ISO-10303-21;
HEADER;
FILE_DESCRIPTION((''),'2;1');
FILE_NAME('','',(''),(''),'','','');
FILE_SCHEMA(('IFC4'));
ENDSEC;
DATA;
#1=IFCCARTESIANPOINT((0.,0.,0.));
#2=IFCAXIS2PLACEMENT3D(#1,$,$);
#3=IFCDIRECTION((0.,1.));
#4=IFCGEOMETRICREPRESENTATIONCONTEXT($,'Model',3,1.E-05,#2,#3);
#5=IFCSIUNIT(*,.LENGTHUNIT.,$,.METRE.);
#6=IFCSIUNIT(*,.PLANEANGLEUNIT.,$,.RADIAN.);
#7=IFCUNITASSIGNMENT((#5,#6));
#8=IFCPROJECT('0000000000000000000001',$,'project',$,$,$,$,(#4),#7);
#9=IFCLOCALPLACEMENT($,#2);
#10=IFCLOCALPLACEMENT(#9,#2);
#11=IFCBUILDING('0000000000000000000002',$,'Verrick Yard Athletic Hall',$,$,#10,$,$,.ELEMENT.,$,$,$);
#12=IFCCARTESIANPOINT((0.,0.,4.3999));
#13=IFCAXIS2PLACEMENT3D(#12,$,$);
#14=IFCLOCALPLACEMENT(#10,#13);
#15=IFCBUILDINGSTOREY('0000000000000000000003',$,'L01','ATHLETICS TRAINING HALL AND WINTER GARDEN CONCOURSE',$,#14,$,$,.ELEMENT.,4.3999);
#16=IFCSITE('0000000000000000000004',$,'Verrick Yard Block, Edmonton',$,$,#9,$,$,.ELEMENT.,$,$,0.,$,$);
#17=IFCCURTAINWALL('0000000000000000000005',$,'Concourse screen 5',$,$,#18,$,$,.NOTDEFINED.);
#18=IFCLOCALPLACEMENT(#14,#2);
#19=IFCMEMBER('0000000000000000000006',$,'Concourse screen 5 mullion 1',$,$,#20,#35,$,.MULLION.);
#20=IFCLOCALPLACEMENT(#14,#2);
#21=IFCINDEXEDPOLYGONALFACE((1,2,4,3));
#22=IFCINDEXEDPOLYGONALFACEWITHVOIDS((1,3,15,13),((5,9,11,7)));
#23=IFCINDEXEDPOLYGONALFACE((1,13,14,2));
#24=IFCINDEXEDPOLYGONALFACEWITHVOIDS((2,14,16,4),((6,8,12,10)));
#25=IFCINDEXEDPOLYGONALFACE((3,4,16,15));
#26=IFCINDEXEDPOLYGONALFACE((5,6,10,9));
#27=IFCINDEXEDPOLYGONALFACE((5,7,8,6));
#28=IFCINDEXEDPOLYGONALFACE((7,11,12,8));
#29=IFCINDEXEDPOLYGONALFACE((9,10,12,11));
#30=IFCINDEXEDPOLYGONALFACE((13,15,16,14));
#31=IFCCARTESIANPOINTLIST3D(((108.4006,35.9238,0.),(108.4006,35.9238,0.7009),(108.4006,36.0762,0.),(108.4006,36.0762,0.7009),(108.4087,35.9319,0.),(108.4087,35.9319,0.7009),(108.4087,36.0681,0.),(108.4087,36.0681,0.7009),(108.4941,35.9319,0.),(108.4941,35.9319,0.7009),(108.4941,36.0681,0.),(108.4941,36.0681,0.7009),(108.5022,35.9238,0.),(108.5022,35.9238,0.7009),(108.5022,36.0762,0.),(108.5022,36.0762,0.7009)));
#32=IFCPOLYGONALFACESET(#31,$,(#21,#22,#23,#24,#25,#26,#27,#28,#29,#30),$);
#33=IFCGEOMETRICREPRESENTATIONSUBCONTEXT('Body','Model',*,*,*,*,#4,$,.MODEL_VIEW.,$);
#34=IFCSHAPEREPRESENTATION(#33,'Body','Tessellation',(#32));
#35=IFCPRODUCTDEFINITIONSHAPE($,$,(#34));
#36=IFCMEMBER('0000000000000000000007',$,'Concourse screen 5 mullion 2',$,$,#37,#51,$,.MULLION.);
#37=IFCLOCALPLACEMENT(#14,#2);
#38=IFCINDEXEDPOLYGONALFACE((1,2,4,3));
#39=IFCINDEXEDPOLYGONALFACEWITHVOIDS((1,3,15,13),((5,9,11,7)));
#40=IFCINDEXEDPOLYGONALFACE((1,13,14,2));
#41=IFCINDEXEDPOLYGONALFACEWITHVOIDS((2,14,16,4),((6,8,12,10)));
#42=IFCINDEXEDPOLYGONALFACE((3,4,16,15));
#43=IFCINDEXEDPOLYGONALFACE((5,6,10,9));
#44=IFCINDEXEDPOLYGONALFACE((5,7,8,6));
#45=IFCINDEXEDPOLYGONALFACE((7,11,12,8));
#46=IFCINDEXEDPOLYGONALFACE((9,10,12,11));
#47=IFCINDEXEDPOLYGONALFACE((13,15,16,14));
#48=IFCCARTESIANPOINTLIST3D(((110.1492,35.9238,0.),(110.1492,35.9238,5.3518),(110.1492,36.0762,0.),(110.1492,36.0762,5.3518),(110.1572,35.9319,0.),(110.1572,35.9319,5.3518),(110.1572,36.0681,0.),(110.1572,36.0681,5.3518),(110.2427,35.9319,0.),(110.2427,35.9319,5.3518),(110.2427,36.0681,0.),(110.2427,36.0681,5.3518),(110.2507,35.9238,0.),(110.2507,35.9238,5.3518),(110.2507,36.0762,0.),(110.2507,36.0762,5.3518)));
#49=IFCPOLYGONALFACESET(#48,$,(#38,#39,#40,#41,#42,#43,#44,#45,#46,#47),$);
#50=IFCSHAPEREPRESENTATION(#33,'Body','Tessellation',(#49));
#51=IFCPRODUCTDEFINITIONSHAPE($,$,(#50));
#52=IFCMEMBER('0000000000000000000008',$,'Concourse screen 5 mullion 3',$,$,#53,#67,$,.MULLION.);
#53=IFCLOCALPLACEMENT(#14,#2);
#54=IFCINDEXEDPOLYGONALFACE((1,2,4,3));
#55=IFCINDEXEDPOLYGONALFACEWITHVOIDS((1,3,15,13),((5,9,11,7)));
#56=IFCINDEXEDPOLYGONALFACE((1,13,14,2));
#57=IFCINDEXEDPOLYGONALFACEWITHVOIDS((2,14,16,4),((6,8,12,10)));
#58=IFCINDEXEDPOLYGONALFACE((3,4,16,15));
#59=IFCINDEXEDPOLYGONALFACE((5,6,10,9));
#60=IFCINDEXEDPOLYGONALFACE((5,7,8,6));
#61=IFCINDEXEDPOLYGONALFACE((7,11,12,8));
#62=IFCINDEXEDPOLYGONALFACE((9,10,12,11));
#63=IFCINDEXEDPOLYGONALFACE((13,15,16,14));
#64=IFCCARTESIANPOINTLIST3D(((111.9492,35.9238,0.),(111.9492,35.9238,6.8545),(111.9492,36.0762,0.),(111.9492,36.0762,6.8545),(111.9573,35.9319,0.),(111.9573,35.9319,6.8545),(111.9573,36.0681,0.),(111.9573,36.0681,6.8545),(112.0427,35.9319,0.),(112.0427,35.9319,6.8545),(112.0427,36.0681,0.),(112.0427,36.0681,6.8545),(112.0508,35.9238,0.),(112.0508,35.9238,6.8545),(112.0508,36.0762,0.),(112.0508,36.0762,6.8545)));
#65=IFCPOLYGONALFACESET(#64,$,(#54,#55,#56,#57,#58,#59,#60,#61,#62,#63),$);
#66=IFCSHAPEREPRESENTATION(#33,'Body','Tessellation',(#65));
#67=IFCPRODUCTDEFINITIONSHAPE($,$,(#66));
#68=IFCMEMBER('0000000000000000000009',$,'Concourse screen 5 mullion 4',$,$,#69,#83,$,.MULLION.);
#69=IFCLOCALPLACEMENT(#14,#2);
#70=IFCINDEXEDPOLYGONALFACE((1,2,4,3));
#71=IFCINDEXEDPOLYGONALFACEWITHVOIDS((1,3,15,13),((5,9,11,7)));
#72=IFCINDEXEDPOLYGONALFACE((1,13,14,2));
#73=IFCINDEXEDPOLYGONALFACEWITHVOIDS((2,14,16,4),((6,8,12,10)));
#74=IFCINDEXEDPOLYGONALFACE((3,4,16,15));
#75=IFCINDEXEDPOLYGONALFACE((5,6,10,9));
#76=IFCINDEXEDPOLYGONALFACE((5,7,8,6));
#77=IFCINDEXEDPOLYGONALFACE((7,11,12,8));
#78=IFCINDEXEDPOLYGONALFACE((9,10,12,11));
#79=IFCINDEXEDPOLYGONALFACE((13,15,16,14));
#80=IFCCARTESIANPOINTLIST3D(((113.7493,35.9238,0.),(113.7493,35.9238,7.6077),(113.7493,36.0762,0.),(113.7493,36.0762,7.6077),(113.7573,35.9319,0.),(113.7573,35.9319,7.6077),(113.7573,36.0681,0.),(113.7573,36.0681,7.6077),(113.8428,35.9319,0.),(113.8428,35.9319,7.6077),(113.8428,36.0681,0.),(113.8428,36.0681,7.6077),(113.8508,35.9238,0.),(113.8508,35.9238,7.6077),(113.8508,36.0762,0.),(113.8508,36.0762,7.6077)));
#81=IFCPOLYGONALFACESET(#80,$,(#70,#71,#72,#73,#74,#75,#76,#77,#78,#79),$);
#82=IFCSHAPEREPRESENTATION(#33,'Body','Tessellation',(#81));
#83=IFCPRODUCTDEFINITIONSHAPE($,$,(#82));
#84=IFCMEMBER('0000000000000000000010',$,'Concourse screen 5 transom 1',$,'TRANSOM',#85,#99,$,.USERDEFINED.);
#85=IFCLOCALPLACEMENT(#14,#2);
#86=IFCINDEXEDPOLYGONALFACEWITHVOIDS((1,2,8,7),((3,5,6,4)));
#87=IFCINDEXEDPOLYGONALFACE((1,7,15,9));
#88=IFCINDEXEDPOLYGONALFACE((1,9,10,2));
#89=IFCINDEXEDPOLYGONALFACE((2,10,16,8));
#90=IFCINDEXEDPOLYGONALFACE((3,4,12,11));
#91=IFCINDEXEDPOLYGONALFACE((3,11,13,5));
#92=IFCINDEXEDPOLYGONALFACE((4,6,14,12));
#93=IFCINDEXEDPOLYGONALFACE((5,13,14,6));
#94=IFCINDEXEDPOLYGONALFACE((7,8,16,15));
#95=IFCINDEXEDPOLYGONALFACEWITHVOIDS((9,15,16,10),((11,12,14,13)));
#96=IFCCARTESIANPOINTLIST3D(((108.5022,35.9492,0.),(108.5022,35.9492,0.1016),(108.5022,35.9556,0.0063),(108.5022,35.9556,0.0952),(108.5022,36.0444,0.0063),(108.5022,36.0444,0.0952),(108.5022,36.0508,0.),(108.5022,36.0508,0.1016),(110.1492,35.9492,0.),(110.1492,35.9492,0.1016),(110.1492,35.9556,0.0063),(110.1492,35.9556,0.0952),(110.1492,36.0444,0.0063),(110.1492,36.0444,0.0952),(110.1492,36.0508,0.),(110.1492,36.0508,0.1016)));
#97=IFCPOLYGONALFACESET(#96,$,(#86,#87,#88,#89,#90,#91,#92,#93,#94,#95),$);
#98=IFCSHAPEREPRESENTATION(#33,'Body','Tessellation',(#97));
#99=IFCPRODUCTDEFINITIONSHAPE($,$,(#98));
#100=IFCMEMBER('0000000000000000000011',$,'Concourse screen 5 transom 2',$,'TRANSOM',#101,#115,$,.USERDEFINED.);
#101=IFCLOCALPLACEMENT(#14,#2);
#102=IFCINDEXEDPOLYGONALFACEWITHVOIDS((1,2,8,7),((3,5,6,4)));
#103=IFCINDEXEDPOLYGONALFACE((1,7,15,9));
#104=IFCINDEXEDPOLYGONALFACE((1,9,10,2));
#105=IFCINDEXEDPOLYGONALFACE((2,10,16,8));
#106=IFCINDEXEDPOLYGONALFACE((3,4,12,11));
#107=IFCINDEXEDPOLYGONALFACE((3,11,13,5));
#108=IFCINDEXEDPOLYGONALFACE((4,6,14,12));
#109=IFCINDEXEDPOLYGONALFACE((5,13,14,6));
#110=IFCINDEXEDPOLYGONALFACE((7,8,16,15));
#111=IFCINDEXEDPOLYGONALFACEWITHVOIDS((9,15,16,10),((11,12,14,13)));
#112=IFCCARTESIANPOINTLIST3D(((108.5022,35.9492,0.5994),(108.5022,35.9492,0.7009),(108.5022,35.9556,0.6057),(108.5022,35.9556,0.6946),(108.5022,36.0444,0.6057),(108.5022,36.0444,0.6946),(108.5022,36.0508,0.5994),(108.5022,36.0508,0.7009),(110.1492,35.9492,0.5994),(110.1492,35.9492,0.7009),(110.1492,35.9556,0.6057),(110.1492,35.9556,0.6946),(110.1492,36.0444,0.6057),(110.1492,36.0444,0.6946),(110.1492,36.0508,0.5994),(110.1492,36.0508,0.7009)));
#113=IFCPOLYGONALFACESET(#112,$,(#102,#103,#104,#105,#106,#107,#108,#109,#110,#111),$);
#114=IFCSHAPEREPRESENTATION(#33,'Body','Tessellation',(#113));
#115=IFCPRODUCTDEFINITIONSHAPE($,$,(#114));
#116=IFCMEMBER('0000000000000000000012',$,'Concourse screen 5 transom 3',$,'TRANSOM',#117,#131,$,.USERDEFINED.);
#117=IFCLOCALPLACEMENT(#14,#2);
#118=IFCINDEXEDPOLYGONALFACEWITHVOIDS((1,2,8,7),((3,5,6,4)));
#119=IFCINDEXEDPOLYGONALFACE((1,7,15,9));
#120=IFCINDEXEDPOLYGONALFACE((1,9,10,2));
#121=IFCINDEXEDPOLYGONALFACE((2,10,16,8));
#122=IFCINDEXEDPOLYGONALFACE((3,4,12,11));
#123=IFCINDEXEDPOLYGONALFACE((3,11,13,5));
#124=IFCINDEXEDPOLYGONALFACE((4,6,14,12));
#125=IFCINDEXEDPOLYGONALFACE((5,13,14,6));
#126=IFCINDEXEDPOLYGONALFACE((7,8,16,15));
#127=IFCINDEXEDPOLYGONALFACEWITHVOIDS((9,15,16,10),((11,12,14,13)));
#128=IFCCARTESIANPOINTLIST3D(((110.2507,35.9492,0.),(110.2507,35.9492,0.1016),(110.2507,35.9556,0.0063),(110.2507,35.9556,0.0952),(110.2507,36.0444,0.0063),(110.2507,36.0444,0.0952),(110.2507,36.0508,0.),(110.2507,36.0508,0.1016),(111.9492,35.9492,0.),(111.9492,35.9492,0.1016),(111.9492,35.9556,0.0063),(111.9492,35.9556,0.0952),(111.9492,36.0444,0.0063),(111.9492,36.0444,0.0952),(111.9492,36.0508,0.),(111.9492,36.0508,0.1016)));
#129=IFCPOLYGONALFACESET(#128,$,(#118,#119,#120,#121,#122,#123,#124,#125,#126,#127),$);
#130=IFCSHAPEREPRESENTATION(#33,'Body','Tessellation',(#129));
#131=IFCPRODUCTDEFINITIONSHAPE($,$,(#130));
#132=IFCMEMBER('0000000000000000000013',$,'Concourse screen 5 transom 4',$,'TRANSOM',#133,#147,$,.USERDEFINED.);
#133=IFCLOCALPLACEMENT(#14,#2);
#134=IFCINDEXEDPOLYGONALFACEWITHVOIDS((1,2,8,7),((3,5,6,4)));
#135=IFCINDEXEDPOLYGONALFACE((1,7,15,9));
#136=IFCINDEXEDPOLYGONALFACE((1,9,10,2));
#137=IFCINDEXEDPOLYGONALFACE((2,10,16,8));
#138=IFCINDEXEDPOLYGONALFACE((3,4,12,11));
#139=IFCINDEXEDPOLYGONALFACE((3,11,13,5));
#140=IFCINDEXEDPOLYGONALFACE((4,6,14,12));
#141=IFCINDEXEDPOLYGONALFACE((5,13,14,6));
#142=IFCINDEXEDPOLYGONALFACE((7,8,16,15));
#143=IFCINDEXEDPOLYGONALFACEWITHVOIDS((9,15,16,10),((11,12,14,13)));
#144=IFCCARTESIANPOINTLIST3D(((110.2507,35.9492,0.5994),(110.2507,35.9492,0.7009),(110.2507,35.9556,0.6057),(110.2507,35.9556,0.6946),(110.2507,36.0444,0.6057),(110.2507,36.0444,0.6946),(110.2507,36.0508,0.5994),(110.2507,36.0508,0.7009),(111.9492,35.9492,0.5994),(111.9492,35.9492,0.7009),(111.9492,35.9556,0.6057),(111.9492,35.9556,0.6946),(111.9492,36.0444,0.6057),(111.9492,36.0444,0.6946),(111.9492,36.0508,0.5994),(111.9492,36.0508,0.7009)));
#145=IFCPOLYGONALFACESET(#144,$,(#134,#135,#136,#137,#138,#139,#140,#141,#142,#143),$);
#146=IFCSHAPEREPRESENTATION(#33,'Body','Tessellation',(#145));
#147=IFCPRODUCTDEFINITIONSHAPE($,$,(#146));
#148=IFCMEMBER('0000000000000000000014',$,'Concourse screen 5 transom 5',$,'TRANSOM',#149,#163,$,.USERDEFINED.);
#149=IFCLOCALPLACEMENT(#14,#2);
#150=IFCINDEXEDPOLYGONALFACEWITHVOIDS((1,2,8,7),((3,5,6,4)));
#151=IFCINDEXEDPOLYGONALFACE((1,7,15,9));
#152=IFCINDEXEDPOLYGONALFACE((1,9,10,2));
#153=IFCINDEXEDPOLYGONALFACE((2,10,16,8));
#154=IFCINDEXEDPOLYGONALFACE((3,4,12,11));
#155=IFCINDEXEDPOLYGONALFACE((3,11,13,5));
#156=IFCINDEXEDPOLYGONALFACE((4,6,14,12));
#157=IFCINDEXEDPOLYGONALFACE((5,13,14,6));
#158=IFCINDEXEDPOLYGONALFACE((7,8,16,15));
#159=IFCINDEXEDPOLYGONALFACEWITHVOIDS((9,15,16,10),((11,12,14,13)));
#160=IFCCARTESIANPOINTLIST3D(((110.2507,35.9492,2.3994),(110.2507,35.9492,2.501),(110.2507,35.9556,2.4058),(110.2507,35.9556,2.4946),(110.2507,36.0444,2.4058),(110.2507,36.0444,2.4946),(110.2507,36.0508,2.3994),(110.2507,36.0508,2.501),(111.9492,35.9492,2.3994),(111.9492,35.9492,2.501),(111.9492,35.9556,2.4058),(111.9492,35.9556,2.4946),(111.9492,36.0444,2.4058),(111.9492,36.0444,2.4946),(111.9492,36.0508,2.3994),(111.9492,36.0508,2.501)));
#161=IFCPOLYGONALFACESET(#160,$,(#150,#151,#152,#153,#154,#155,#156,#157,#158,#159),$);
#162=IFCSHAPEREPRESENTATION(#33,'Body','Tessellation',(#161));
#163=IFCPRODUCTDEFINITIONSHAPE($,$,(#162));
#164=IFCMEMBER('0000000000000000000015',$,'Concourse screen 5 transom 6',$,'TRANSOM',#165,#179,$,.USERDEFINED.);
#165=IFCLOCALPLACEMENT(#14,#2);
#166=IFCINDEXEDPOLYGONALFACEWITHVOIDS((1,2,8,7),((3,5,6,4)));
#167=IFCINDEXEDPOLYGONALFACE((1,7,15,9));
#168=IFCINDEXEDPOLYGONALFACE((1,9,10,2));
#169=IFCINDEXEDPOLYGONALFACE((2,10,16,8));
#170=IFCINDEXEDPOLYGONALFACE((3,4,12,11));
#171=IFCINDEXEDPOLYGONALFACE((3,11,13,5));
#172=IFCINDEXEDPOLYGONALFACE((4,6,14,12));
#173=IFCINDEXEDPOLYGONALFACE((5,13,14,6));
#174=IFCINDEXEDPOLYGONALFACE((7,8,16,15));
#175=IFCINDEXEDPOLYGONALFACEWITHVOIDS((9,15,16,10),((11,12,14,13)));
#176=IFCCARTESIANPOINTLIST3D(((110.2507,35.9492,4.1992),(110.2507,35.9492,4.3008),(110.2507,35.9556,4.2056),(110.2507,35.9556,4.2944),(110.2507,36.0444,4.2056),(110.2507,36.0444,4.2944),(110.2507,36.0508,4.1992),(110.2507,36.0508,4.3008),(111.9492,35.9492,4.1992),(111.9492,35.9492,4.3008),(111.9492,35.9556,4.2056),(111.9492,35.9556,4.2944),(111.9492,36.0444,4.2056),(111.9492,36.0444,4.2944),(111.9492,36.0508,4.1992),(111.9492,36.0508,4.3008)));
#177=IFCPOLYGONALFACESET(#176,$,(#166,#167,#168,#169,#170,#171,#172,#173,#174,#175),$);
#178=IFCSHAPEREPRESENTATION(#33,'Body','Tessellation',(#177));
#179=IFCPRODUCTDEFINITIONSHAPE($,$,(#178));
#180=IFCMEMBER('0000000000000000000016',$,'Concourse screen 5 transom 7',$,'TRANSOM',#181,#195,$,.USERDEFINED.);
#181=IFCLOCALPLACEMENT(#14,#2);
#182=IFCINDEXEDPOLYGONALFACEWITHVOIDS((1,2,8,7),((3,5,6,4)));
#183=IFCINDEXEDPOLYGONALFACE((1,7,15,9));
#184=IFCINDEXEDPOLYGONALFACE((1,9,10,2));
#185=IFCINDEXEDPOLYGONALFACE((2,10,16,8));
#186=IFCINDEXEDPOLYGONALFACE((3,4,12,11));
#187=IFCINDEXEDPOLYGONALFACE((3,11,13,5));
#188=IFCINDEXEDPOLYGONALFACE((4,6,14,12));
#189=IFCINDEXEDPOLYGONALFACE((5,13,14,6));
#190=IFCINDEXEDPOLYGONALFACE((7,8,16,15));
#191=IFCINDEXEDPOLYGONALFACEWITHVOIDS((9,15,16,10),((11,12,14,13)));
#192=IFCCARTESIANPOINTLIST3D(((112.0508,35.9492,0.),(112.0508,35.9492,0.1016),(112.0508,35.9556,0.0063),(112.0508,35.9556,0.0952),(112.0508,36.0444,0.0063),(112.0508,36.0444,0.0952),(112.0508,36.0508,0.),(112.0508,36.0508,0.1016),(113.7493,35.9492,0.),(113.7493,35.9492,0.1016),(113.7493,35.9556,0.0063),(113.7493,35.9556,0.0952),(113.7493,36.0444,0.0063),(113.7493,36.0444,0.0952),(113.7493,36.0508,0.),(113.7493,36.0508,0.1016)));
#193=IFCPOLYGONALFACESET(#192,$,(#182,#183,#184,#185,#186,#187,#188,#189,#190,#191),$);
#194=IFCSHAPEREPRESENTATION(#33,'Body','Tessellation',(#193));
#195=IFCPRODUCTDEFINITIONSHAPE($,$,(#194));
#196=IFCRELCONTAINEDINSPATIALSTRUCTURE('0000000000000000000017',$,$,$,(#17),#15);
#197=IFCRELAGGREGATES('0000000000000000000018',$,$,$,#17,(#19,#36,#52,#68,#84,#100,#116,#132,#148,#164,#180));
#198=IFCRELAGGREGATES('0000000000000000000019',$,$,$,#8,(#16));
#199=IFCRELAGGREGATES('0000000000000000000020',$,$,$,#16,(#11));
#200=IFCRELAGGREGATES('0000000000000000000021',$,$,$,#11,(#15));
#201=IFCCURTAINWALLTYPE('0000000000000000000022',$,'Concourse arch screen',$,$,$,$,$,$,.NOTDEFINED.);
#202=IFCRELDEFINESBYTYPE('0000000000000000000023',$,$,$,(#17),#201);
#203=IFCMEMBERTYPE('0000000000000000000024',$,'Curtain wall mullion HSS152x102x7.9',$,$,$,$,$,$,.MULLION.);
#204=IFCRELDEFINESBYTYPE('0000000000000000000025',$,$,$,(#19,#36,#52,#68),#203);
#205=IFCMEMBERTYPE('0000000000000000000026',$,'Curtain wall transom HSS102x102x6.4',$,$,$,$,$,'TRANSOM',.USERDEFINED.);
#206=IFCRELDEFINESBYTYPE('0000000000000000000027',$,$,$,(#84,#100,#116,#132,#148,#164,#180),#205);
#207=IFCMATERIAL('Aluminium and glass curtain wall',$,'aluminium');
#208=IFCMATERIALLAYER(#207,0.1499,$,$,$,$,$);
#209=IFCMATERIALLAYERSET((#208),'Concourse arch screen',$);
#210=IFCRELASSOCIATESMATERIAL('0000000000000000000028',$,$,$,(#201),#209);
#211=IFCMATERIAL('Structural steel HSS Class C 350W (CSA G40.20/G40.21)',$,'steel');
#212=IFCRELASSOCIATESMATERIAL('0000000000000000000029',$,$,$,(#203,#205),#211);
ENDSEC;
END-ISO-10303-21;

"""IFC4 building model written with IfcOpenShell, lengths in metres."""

from ifc_helpers import new_model, si_unit, direction, frame, origin, origin_2d, place, context, subcontext, project, spatial, hollow_rectangle, extrude, material, layer, layer_set, material_profile, profile_set, type_object, element, aggregate, save


model = new_model("IFC4")

# Units and contexts
model_context = context("Model", 3, precision=1e-05, world=origin(), true_north=direction((0.0, 1.0)))
body_context = subcontext(model_context, "Body", "Model", "MODEL_VIEW")
ifc_project = project(units=[si_unit("LENGTHUNIT", "METRE"), si_unit("PLANEANGLEUNIT", "RADIAN")], contexts=[model_context])

# Site, building, storey
site_placement = place(None, origin())
site = spatial("IfcSite", under=ifc_project, at=site_placement, Name="Verrick Yard Block, Edmonton", CompositionType="ELEMENT", RefElevation=0.0)
building_placement = place(site_placement, origin())
building = spatial("IfcBuilding", under=site, at=building_placement, Name="Verrick Yard Athletic Hall", CompositionType="ELEMENT")
storey_placement = place(building_placement, frame((0.0, 0.0, 4.3999)))
storey = spatial("IfcBuildingStorey", under=building, at=storey_placement, Name="L01", Description="ATHLETICS TRAINING HALL AND WINTER GARDEN CONCOURSE", CompositionType="ELEMENT", Elevation=4.3999)

# Curtain wall, members
ifc_material_1 = material(Name="Aluminium and glass curtain wall", Category="aluminium")
ifc_layer_1 = layer(ifc_material_1, 0.1499)
ifc_layer_set_1 = layer_set([ifc_layer_1], Name="Concourse arch screen")
curtain_wall_type = type_object("IfcCurtainWallType", Name="Concourse arch screen", PredefinedType="NOTDEFINED", material=ifc_layer_set_1)
curtain_wall_placement = place(storey_placement, origin())
curtain_wall = element("IfcCurtainWall", 1, at=curtain_wall_placement, inside=storey, type_object=curtain_wall_type, Name="Concourse screen 5", PredefinedType="NOTDEFINED")
ifc_material_2 = material(Name="Structural steel HSS Class C 350W (CSA G40.20/G40.21)", Category="steel")
ifc_material_profile_1 = material_profile(ifc_material_2, hollow_rectangle(XDim=0.1016, YDim=0.1523, WallThickness=0.0081, at=origin_2d()), Name="HSS152x102x7.9")
ifc_profile_set_1 = profile_set([ifc_material_profile_1], Name="Structural steel HSS Class C 350W (CSA G40.20/G40.21)")
member_type_1 = type_object("IfcMemberType", Name="Curtain wall mullion HSS152x102x7.9", PredefinedType="MULLION", material=ifc_profile_set_1)
member_1_placement = place(storey_placement, frame((108.4514, 36.0, 0.0), z_axis=(0.0, 0.0, 1.0), x_axis=(1.0, 0.0, 0.0)))
member_1 = element("IfcMember", 2, at=member_1_placement, type_object=member_type_1, Name="Concourse screen 5 mullion 1", PredefinedType="MULLION", context=body_context, shape_type="SweptSolid", body=[
    extrude(hollow_rectangle(XDim=0.1016, YDim=0.1523, WallThickness=0.0081, at=origin_2d()), origin(), (0.0, 0.0, 1.0), 0.7009),
])
member_2_placement = place(storey_placement, frame((110.2, 36.0, 0.0), z_axis=(0.0, 0.0, 1.0), x_axis=(1.0, 0.0, 0.0)))
member_2 = element("IfcMember", 3, at=member_2_placement, type_object=member_type_1, Name="Concourse screen 5 mullion 2", PredefinedType="MULLION", context=body_context, shape_type="SweptSolid", body=[
    extrude(hollow_rectangle(XDim=0.1016, YDim=0.1523, WallThickness=0.0081, at=origin_2d()), origin(), (0.0, 0.0, 1.0), 5.3518),
])
member_3_placement = place(storey_placement, frame((112.0, 36.0, 0.0), z_axis=(0.0, 0.0, 1.0), x_axis=(1.0, 0.0, 0.0)))
member_3 = element("IfcMember", 4, at=member_3_placement, type_object=member_type_1, Name="Concourse screen 5 mullion 3", PredefinedType="MULLION", context=body_context, shape_type="SweptSolid", body=[
    extrude(hollow_rectangle(XDim=0.1016, YDim=0.1523, WallThickness=0.0081, at=origin_2d()), origin(), (0.0, 0.0, 1.0), 6.8545),
])
member_4_placement = place(storey_placement, frame((113.8, 36.0, 0.0), z_axis=(0.0, 0.0, 1.0), x_axis=(1.0, 0.0, 0.0)))
member_4 = element("IfcMember", 5, at=member_4_placement, type_object=member_type_1, Name="Concourse screen 5 mullion 4", PredefinedType="MULLION", context=body_context, shape_type="SweptSolid", body=[
    extrude(hollow_rectangle(XDim=0.1016, YDim=0.1523, WallThickness=0.0081, at=origin_2d()), origin(), (0.0, 0.0, 1.0), 7.6077),
])
ifc_material_profile_2 = material_profile(ifc_material_2, hollow_rectangle(XDim=0.1016, YDim=0.1016, WallThickness=0.0063, at=origin_2d()), Name="HSS102x102x6.4")
ifc_profile_set_2 = profile_set([ifc_material_profile_2], Name="Structural steel HSS Class C 350W (CSA G40.20/G40.21)")
member_type_2 = type_object("IfcMemberType", Name="Curtain wall transom HSS102x102x6.4", ElementType="TRANSOM", PredefinedType="USERDEFINED", material=ifc_profile_set_2)
member_5_placement = place(storey_placement, frame((108.5022, 36.0, 0.0508), z_axis=(1.0, 0.0, 0.0), x_axis=(0.0, 1.0, 0.0)))
member_5 = element("IfcMember", 6, at=member_5_placement, type_object=member_type_2, Name="Concourse screen 5 transom 1", ObjectType="TRANSOM", PredefinedType="USERDEFINED", context=body_context, shape_type="SweptSolid", body=[
    extrude(hollow_rectangle(XDim=0.1016, YDim=0.1016, WallThickness=0.0063, at=origin_2d()), origin(), (0.0, 0.0, 1.0), 1.647),
])
member_6_placement = place(storey_placement, frame((108.5022, 36.0, 0.6501), z_axis=(1.0, 0.0, 0.0), x_axis=(0.0, 1.0, 0.0)))
member_6 = element("IfcMember", 7, at=member_6_placement, type_object=member_type_2, Name="Concourse screen 5 transom 2", ObjectType="TRANSOM", PredefinedType="USERDEFINED", context=body_context, shape_type="SweptSolid", body=[
    extrude(hollow_rectangle(XDim=0.1016, YDim=0.1016, WallThickness=0.0063, at=origin_2d()), origin(), (0.0, 0.0, 1.0), 1.647),
])
member_7_placement = place(storey_placement, frame((110.2507, 36.0, 0.0508), z_axis=(1.0, 0.0, 0.0), x_axis=(0.0, 1.0, 0.0)))
member_7 = element("IfcMember", 8, at=member_7_placement, type_object=member_type_2, Name="Concourse screen 5 transom 3", ObjectType="TRANSOM", PredefinedType="USERDEFINED", context=body_context, shape_type="SweptSolid", body=[
    extrude(hollow_rectangle(XDim=0.1016, YDim=0.1016, WallThickness=0.0063, at=origin_2d()), origin(), (0.0, 0.0, 1.0), 1.6985),
])
member_8_placement = place(storey_placement, frame((110.2507, 36.0, 0.6501), z_axis=(1.0, 0.0, 0.0), x_axis=(0.0, 1.0, 0.0)))
member_8 = element("IfcMember", 9, at=member_8_placement, type_object=member_type_2, Name="Concourse screen 5 transom 4", ObjectType="TRANSOM", PredefinedType="USERDEFINED", context=body_context, shape_type="SweptSolid", body=[
    extrude(hollow_rectangle(XDim=0.1016, YDim=0.1016, WallThickness=0.0063, at=origin_2d()), origin(), (0.0, 0.0, 1.0), 1.6985),
])
member_9_placement = place(storey_placement, frame((110.2507, 36.0, 2.4502), z_axis=(1.0, 0.0, 0.0), x_axis=(0.0, 1.0, 0.0)))
member_9 = element("IfcMember", 10, at=member_9_placement, type_object=member_type_2, Name="Concourse screen 5 transom 5", ObjectType="TRANSOM", PredefinedType="USERDEFINED", context=body_context, shape_type="SweptSolid", body=[
    extrude(hollow_rectangle(XDim=0.1016, YDim=0.1016, WallThickness=0.0063, at=origin_2d()), origin(), (0.0, 0.0, 1.0), 1.6985),
])
member_10_placement = place(storey_placement, frame((110.2507, 36.0, 4.25), z_axis=(1.0, 0.0, 0.0), x_axis=(0.0, 1.0, 0.0)))
member_10 = element("IfcMember", 11, at=member_10_placement, type_object=member_type_2, Name="Concourse screen 5 transom 6", ObjectType="TRANSOM", PredefinedType="USERDEFINED", context=body_context, shape_type="SweptSolid", body=[
    extrude(hollow_rectangle(XDim=0.1016, YDim=0.1016, WallThickness=0.0063, at=origin_2d()), origin(), (0.0, 0.0, 1.0), 1.6985),
])
member_11_placement = place(storey_placement, frame((112.0508, 36.0, 0.0508), z_axis=(1.0, 0.0, 0.0), x_axis=(0.0, 1.0, 0.0)))
member_11 = element("IfcMember", 12, at=member_11_placement, type_object=member_type_2, Name="Concourse screen 5 transom 7", ObjectType="TRANSOM", PredefinedType="USERDEFINED", context=body_context, shape_type="SweptSolid", body=[
    extrude(hollow_rectangle(XDim=0.1016, YDim=0.1016, WallThickness=0.0063, at=origin_2d()), origin(), (0.0, 0.0, 1.0), 1.6985),
])
aggregate(curtain_wall, [member_1, member_2, member_3, member_4, member_5, member_6, member_7, member_8, member_9, member_10, member_11])

save(model, "model.ifc")
